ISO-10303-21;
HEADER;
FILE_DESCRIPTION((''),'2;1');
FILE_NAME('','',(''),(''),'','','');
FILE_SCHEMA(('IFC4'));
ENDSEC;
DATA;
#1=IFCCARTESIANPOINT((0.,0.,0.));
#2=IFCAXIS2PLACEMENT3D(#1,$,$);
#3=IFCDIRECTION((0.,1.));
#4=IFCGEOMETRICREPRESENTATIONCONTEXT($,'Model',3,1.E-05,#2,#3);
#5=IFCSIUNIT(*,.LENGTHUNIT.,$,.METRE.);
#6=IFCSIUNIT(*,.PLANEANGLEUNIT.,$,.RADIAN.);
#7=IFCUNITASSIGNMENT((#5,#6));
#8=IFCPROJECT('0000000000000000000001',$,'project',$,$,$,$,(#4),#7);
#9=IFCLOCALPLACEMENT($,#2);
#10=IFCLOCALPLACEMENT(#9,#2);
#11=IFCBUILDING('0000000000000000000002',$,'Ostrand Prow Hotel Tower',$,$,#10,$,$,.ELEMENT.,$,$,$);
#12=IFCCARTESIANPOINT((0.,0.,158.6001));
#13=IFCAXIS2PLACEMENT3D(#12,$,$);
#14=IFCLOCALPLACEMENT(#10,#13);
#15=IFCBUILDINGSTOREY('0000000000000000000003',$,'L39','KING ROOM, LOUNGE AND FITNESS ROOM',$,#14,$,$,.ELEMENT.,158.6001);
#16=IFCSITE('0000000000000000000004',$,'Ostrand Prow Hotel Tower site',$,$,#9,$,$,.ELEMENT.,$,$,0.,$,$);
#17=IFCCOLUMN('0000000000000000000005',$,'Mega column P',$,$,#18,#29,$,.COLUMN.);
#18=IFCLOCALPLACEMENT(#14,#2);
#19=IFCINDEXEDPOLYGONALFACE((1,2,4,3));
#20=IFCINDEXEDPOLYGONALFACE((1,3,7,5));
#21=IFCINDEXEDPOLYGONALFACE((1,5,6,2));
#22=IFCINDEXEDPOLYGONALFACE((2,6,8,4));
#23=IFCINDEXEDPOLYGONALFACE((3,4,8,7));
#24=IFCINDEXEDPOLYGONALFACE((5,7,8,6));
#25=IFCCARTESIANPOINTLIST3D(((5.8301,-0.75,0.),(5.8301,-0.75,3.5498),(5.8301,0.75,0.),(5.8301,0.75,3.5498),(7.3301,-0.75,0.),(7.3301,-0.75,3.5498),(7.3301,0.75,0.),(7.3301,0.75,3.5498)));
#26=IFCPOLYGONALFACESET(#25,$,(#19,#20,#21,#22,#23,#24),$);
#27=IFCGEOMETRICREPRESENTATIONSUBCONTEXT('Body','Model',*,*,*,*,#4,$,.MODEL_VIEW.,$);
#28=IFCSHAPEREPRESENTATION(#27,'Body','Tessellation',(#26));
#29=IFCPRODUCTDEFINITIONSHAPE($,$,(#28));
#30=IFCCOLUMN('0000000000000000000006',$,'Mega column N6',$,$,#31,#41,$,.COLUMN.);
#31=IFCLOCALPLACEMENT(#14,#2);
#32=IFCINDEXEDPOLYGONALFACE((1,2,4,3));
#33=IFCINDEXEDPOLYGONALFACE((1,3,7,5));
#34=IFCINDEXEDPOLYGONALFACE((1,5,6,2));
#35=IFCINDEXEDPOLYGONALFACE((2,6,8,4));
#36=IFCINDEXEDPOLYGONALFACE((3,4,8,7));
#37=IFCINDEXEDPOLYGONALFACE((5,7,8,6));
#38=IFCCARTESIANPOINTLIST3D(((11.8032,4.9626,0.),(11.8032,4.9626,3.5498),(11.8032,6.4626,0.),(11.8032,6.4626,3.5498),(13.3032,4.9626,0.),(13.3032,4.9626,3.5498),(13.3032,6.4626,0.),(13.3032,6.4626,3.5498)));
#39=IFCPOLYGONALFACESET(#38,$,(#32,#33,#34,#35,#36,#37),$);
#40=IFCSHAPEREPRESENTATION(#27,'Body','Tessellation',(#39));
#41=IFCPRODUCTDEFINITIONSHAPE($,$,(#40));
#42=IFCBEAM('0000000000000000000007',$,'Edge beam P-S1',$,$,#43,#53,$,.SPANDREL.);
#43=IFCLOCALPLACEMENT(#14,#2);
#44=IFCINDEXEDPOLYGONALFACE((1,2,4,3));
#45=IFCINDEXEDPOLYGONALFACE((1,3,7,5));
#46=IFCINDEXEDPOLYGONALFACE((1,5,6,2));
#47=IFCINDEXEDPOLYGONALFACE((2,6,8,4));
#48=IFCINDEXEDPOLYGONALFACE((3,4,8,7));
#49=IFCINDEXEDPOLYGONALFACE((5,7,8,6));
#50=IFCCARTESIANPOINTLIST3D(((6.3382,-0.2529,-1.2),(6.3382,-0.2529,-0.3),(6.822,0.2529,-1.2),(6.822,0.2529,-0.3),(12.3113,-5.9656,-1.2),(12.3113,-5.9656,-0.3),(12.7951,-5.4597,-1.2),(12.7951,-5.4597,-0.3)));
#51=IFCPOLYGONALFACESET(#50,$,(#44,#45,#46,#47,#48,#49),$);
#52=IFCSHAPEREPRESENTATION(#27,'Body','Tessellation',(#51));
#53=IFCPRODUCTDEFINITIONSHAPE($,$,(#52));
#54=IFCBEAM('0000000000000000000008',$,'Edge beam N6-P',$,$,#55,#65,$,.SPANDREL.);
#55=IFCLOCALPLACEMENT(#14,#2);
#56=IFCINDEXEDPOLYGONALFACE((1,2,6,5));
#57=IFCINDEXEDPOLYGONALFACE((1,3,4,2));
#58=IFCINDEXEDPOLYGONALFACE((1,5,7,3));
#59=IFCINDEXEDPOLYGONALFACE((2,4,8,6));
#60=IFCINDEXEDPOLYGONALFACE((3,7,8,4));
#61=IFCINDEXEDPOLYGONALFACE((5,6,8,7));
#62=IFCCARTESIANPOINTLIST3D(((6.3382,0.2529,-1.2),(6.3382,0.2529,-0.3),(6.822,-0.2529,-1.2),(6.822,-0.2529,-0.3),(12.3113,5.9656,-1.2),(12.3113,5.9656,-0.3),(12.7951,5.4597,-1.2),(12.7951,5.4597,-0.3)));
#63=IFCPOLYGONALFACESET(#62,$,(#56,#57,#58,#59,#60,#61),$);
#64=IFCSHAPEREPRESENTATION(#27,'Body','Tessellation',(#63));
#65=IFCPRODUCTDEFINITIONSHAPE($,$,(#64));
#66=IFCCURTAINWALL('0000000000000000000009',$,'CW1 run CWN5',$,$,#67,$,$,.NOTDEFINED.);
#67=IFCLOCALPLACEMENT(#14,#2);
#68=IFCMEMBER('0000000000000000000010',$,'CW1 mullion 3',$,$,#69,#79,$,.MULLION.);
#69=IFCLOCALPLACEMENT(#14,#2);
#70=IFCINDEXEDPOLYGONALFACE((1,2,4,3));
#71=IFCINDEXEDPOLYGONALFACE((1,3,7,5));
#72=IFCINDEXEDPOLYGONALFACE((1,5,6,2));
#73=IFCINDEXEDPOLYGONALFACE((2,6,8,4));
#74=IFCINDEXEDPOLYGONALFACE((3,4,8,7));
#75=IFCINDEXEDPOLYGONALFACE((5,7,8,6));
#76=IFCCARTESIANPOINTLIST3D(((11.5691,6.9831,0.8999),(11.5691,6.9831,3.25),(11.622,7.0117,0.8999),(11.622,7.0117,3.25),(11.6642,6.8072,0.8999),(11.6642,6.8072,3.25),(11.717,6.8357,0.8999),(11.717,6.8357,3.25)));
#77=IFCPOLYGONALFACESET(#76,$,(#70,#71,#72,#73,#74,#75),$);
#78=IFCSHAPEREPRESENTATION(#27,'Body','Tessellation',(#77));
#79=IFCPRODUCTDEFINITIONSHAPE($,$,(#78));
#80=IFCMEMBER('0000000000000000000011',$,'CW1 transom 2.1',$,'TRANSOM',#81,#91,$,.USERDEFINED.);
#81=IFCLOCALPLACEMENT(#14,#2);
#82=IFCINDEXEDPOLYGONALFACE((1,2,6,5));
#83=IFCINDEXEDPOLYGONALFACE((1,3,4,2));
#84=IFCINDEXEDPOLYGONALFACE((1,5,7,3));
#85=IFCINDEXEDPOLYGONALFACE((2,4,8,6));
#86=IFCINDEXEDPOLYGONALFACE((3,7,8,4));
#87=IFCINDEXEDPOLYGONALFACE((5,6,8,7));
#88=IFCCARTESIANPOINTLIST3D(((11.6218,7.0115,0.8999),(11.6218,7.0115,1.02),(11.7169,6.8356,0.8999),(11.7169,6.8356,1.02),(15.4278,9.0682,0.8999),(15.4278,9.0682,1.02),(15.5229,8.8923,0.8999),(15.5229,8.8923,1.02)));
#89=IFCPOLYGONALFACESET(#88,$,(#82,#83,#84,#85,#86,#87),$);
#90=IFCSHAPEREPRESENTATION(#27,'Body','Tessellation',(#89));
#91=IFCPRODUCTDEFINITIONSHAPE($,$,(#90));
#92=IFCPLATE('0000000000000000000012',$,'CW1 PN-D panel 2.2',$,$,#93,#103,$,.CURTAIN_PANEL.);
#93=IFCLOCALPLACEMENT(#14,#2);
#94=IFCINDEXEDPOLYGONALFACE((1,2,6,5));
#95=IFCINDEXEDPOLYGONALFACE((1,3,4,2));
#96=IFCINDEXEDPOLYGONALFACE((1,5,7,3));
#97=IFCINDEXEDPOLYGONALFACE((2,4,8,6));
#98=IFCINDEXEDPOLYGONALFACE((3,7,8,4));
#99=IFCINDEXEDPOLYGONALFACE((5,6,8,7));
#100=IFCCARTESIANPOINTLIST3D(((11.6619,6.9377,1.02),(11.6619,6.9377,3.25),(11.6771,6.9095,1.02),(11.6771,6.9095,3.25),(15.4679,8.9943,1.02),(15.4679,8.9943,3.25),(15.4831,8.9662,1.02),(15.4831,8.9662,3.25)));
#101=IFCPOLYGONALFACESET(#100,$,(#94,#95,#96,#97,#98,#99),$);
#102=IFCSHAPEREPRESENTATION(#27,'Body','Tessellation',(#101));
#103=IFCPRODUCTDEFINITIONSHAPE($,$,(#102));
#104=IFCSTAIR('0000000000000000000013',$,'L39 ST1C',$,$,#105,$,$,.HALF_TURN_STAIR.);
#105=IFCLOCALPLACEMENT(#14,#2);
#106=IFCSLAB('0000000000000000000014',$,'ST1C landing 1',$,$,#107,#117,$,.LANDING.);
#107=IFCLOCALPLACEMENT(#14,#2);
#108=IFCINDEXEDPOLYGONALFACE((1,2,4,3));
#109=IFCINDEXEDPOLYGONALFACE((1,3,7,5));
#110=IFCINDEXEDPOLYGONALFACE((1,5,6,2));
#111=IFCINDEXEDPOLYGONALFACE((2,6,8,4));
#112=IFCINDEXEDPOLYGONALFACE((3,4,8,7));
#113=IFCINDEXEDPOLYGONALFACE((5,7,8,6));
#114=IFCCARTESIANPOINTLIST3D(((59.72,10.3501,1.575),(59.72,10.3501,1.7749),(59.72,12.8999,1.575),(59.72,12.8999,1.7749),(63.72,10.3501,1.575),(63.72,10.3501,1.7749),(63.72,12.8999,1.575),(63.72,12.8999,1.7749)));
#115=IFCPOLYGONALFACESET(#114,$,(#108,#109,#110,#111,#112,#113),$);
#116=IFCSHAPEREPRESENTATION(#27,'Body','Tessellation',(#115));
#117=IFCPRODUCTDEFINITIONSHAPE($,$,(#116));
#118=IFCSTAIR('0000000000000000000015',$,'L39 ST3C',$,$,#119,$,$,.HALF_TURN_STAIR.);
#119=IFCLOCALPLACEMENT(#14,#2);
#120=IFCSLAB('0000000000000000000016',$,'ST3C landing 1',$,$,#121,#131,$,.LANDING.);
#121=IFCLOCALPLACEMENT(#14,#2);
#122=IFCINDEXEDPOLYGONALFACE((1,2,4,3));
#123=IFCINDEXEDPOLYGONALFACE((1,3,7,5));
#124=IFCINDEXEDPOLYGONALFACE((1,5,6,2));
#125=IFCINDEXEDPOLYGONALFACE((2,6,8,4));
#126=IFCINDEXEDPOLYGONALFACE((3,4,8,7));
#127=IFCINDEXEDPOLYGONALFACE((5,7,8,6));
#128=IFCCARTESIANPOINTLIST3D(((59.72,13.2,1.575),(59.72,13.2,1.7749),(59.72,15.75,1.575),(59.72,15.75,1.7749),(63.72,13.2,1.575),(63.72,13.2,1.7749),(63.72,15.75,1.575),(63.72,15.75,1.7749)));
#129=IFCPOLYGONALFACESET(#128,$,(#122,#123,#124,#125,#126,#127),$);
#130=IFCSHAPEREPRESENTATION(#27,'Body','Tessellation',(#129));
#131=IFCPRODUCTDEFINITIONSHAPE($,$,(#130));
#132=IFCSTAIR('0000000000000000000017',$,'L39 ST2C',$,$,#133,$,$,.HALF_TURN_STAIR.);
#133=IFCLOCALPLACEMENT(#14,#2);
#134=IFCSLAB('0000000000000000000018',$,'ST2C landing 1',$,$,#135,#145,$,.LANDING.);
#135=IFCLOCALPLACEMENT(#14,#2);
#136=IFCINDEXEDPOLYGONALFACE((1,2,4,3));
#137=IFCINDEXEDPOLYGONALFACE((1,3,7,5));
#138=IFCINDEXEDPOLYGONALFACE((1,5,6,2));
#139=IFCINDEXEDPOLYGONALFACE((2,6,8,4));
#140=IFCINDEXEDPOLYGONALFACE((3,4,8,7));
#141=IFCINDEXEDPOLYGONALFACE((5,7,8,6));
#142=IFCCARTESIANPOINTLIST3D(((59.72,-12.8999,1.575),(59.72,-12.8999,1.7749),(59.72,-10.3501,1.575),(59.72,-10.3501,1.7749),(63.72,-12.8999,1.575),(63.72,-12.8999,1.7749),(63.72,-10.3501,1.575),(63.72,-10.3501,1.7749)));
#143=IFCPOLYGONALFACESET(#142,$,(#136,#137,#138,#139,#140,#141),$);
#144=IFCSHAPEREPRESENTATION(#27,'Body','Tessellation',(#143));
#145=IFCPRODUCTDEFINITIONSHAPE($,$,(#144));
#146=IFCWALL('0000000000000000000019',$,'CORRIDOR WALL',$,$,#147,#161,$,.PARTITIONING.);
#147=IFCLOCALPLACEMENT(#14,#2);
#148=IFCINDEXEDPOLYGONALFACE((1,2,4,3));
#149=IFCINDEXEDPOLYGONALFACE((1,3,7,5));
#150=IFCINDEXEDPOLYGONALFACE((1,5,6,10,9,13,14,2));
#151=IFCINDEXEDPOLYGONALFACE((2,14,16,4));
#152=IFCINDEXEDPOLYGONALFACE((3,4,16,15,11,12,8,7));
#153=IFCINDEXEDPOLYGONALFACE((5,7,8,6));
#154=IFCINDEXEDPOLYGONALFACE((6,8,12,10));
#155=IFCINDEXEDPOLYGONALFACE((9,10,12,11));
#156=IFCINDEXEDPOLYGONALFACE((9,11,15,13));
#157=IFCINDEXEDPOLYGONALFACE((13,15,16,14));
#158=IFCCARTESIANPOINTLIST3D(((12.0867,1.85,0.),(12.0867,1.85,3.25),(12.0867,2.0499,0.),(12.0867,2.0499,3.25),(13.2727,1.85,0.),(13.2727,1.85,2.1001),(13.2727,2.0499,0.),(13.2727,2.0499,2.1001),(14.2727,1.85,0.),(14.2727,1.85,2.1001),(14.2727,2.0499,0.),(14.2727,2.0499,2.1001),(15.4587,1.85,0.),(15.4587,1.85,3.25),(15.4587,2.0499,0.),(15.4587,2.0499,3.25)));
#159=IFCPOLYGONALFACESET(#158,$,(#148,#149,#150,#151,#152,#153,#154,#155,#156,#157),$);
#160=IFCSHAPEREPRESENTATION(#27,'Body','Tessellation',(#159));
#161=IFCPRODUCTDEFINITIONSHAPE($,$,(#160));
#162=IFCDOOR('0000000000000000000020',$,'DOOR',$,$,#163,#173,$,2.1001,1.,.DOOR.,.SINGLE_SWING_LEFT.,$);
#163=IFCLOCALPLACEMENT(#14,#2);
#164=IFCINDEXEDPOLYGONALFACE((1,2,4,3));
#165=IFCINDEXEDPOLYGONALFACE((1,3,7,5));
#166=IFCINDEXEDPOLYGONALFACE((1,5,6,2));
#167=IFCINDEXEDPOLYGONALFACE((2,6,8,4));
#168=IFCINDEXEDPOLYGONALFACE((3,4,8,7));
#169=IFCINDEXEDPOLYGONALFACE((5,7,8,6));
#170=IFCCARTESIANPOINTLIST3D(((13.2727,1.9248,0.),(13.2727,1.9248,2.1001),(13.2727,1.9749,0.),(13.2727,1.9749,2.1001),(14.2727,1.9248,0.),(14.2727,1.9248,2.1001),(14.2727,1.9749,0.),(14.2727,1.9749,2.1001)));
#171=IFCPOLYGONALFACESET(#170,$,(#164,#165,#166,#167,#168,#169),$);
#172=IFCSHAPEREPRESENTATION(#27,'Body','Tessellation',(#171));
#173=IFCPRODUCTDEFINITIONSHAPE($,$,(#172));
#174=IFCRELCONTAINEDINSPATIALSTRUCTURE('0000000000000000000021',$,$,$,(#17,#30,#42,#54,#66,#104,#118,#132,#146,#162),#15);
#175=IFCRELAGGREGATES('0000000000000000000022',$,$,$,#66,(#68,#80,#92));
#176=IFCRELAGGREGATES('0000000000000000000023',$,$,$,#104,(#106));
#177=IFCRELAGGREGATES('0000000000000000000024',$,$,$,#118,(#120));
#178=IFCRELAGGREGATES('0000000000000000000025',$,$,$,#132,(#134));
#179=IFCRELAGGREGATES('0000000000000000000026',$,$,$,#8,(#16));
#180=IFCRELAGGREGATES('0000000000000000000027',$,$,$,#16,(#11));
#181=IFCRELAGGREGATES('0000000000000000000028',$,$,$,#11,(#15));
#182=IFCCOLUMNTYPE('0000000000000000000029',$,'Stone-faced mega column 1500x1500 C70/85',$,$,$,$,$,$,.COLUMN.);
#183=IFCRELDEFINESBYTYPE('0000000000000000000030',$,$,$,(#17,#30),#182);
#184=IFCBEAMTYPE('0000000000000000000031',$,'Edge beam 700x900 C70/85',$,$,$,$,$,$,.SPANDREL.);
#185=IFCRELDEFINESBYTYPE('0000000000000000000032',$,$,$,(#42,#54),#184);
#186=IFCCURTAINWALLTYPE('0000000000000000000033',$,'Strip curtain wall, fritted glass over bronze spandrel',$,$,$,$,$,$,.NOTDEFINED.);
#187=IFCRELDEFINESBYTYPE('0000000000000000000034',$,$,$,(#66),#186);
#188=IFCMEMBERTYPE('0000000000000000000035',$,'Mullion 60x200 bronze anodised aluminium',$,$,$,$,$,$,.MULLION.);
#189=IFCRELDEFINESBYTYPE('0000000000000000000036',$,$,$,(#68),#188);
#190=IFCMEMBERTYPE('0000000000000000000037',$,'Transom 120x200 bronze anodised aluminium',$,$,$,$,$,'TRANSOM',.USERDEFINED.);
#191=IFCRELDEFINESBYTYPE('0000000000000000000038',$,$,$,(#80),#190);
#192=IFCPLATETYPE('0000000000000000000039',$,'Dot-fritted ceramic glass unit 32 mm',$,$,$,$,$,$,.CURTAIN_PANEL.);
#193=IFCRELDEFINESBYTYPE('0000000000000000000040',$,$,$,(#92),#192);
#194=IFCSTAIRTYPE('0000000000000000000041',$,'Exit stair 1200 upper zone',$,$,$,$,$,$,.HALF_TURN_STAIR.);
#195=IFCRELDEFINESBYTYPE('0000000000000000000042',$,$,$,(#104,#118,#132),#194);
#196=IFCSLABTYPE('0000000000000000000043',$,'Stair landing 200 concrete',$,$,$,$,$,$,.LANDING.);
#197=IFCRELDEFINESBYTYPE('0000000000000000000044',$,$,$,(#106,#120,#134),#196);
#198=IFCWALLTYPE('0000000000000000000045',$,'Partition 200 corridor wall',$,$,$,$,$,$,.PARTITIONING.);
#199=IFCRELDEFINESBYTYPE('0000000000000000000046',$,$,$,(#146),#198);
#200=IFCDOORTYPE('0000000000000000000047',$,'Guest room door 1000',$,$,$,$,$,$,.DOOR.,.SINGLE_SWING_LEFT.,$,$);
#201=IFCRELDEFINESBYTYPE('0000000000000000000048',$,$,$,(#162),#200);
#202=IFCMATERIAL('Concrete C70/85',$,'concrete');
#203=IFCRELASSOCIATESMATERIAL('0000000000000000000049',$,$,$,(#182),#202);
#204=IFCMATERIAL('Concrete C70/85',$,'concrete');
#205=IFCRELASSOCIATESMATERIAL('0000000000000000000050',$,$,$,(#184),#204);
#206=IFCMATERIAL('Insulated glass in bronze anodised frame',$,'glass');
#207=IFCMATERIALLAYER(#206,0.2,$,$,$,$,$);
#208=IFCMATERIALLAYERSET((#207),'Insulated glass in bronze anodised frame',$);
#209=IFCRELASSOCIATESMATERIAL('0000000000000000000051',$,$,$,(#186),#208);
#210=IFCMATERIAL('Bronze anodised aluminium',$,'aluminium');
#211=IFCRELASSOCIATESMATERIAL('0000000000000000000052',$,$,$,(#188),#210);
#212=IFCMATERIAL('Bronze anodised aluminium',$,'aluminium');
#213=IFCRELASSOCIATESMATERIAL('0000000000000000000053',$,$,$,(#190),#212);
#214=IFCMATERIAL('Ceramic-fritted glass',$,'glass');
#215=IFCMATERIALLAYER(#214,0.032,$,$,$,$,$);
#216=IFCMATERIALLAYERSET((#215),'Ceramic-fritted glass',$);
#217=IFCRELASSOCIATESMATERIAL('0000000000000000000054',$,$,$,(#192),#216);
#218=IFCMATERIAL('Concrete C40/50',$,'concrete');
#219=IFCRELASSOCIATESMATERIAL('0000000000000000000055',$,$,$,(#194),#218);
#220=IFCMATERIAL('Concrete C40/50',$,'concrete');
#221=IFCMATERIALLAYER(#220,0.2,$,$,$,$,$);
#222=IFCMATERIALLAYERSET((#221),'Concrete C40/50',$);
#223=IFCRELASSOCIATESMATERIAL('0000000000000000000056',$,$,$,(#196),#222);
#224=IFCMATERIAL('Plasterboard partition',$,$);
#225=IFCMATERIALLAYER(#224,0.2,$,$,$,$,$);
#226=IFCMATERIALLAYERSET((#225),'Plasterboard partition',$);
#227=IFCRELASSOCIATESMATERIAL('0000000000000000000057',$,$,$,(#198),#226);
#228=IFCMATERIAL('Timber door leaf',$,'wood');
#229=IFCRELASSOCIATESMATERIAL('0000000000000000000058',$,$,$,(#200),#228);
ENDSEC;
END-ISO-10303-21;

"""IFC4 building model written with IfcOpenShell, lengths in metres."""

from ifc_helpers import new_model, si_unit, direction, frame, frame_2d, origin, origin_2d, place, context, subcontext, project, spatial, polyline, rectangle, outline, extrude, material, layer, layer_set, material_profile, profile_set, type_object, element, fill, aggregate, save


model = new_model("IFC4")

# Units and contexts
model_context = context("Model", 3, precision=1e-05, world=origin(), true_north=direction((0.0, 1.0)))
body_context = subcontext(model_context, "Body", "Model", "MODEL_VIEW")
ifc_project = project(units=[si_unit("LENGTHUNIT", "METRE"), si_unit("PLANEANGLEUNIT", "RADIAN")], contexts=[model_context])

# Site, building, storey
site_placement = place(None, origin())
site = spatial("IfcSite", under=ifc_project, at=site_placement, Name="Ostrand Prow Hotel Tower site", CompositionType="ELEMENT", RefElevation=0.0)
building_placement = place(site_placement, origin())
building = spatial("IfcBuilding", under=site, at=building_placement, Name="Ostrand Prow Hotel Tower", CompositionType="ELEMENT")
storey_placement = place(building_placement, frame((0.0, 0.0, 158.6001)))
storey = spatial("IfcBuildingStorey", under=building, at=storey_placement, Name="L39", Description="KING ROOM, LOUNGE AND FITNESS ROOM", CompositionType="ELEMENT", Elevation=158.6001)

# Columns
ifc_material_1 = material(Name="Concrete C70/85", Category="concrete")
ifc_material_profile_1 = material_profile(ifc_material_1, rectangle(XDim=1.5, YDim=1.5, at=origin_2d()), Name="RC 1500x1500")
ifc_profile_set_1 = profile_set([ifc_material_profile_1], Name="Concrete C70/85")
column_type = type_object("IfcColumnType", Name="Stone-faced mega column 1500x1500 C70/85", PredefinedType="COLUMN", material=ifc_profile_set_1)
for number, where, z_axis, x_axis, name in (
    (1, (6.5801, 0.0, 0.0), (0.0, 0.0, 1.0), (1.0, 0.0, 0.0), "Mega column P"),
    (2, (12.5532, 5.7126, 0.0), (0.0, 0.0, 1.0), (1.0, 0.0, 0.0), "Mega column N6"),
):
    element("IfcColumn", number, at=place(storey_placement, frame(where, z_axis=z_axis, x_axis=x_axis)), inside=storey, type_object=column_type, Name=name, PredefinedType="COLUMN", context=body_context, shape_type="SweptSolid", body=[
        extrude(rectangle(XDim=1.5, YDim=1.5, at=origin_2d()), origin(), (0.0, 0.0, 1.0), 3.5498),
    ])

# Beams
ifc_material_2 = material(Name="Concrete C70/85", Category="concrete")
ifc_material_profile_2 = material_profile(ifc_material_2, rectangle(XDim=0.7, YDim=0.8999, at=origin_2d()), Name="RC 700x900")
ifc_profile_set_2 = profile_set([ifc_material_profile_2], Name="Concrete C70/85")
beam_type = type_object("IfcBeamType", Name="Edge beam 700x900 C70/85", PredefinedType="SPANDREL", material=ifc_profile_set_2)
for number, where, z_axis, x_axis, name in (
    (3, (6.5801, 0.0, -0.75), (0.72269, -0.691172, 0.0), (0.691172, 0.72269, 0.0), "Edge beam P-S1"),
    (4, (12.5532, 5.7126, -0.75), (-0.72269, -0.691172, 0.0), (0.691172, -0.72269, 0.0), "Edge beam N6-P"),
):
    element("IfcBeam", number, at=place(storey_placement, frame(where, z_axis=z_axis, x_axis=x_axis)), inside=storey, type_object=beam_type, Name=name, PredefinedType="SPANDREL", context=body_context, shape_type="SweptSolid", body=[
        extrude(rectangle(XDim=0.7, YDim=0.8999, at=origin_2d()), origin(), (0.0, 0.0, 1.0), 8.2651),
    ])

# Curtain wall, members, plate
ifc_material_3 = material(Name="Insulated glass in bronze anodised frame", Category="glass")
ifc_layer_1 = layer(ifc_material_3, 0.2)
ifc_layer_set_1 = layer_set([ifc_layer_1], Name="Insulated glass in bronze anodised frame")
curtain_wall_type = type_object("IfcCurtainWallType", Name="Strip curtain wall, fritted glass over bronze spandrel", PredefinedType="NOTDEFINED", material=ifc_layer_set_1)
curtain_wall_placement = place(storey_placement, origin())
curtain_wall = element("IfcCurtainWall", 5, at=curtain_wall_placement, inside=storey, type_object=curtain_wall_type, Name="CW1 run CWN5", PredefinedType="NOTDEFINED")
ifc_material_4 = material(Name="Bronze anodised aluminium", Category="aluminium")
ifc_material_profile_3 = material_profile(ifc_material_4, rectangle(XDim=0.2, YDim=0.0601, at=origin_2d()), Name="Mullion 60x200 bronze anodised aluminium")
ifc_profile_set_3 = profile_set([ifc_material_profile_3], Name="Bronze anodised aluminium")
member_type_1 = type_object("IfcMemberType", Name="Mullion 60x200 bronze anodised aluminium", PredefinedType="MULLION", material=ifc_profile_set_3)
member_1_placement = place(storey_placement, frame((11.6431, 6.9094, 0.8999), z_axis=(0.0, 0.0, 1.0), x_axis=(0.475394, -0.879773, 0.0)))
member_1 = element("IfcMember", 6, at=member_1_placement, type_object=member_type_1, Name="CW1 mullion 3", PredefinedType="MULLION", context=body_context, shape_type="SweptSolid", body=[
    extrude(rectangle(XDim=0.2, YDim=0.0601, at=origin_2d()), origin(), (0.0, 0.0, 1.0), 2.3501),
])
ifc_material_5 = material(Name="Bronze anodised aluminium", Category="aluminium")
ifc_material_profile_4 = material_profile(ifc_material_5, rectangle(XDim=0.2, YDim=0.1201, at=origin_2d()), Name="Transom 120x200 bronze anodised aluminium")
ifc_profile_set_4 = profile_set([ifc_material_profile_4], Name="Bronze anodised aluminium")
member_type_2 = type_object("IfcMemberType", Name="Transom 120x200 bronze anodised aluminium", ElementType="TRANSOM", PredefinedType="USERDEFINED", material=ifc_profile_set_4)
member_2_placement = place(storey_placement, frame((15.4753, 8.9802, 0.96), z_axis=(-0.879765, -0.475408, 0.0), x_axis=(0.475408, -0.879765, 0.0)))
member_2 = element("IfcMember", 7, at=member_2_placement, type_object=member_type_2, Name="CW1 transom 2.1", ObjectType="TRANSOM", PredefinedType="USERDEFINED", context=body_context, shape_type="SweptSolid", body=[
    extrude(rectangle(XDim=0.2, YDim=0.1201, at=origin_2d()), origin(), (0.0, 0.0, 1.0), 4.3262),
])
ifc_material_6 = material(Name="Ceramic-fritted glass", Category="glass")
ifc_layer_2 = layer(ifc_material_6, 0.032)
ifc_layer_set_2 = layer_set([ifc_layer_2], Name="Ceramic-fritted glass")
plate_type = type_object("IfcPlateType", Name="Dot-fritted ceramic glass unit 32 mm", PredefinedType="CURTAIN_PANEL", material=ifc_layer_set_2)
plate_placement = place(storey_placement, frame((13.5725, 7.9519, 1.02), z_axis=(0.0, 0.0, 1.0), x_axis=(-0.879773, -0.475394, 0.0)))
plate = element("IfcPlate", 8, at=plate_placement, type_object=plate_type, Name="CW1 PN-D panel 2.2", PredefinedType="CURTAIN_PANEL", context=body_context, shape_type="SweptSolid", body=[
    extrude(rectangle(XDim=4.3262, YDim=0.032, at=origin_2d()), origin(), (0.0, 0.0, 1.0), 2.23),
])
aggregate(curtain_wall, [member_1, member_2, plate])

# Stairs, slabs
ifc_material_7 = material(Name="Concrete C40/50", Category="concrete")
stair_type = type_object("IfcStairType", Name="Exit stair 1200 upper zone", PredefinedType="HALF_TURN_STAIR", material=ifc_material_7)
stair_1_placement = place(storey_placement, origin())
stair_1 = element("IfcStair", 9, at=stair_1_placement, inside=storey, type_object=stair_type, Name="L39 ST1C", PredefinedType="HALF_TURN_STAIR")
ifc_material_8 = material(Name="Concrete C40/50", Category="concrete")
ifc_layer_3 = layer(ifc_material_8, 0.2)
ifc_layer_set_3 = layer_set([ifc_layer_3], Name="Concrete C40/50")
slab_type = type_object("IfcSlabType", Name="Stair landing 200 concrete", PredefinedType="LANDING", material=ifc_layer_set_3)
slab_1_placement = place(storey_placement, frame((0.0, 0.0, 1.575)))
slab_1 = element("IfcSlab", 10, at=slab_1_placement, type_object=slab_type, Name="ST1C landing 1", PredefinedType="LANDING", context=body_context, shape_type="SweptSolid", body=[
    extrude(outline(polyline([(59.72, 10.3501), (63.72, 10.3501), (63.72, 12.8999), (59.72, 12.8999), (59.72, 10.3501)])), origin(), (0.0, 0.0, 1.0), 0.2),
])
aggregate(stair_1, [slab_1])
stair_2_placement = place(storey_placement, origin())
stair_2 = element("IfcStair", 11, at=stair_2_placement, inside=storey, type_object=stair_type, Name="L39 ST3C", PredefinedType="HALF_TURN_STAIR")
slab_2_placement = place(storey_placement, frame((0.0, 0.0, 1.575)))
slab_2 = element("IfcSlab", 12, at=slab_2_placement, type_object=slab_type, Name="ST3C landing 1", PredefinedType="LANDING", context=body_context, shape_type="SweptSolid", body=[
    extrude(outline(polyline([(59.72, 13.2), (63.72, 13.2), (63.72, 15.75), (59.72, 15.75), (59.72, 13.2)])), origin(), (0.0, 0.0, 1.0), 0.2),
])
aggregate(stair_2, [slab_2])
stair_3_placement = place(storey_placement, origin())
stair_3 = element("IfcStair", 13, at=stair_3_placement, inside=storey, type_object=stair_type, Name="L39 ST2C", PredefinedType="HALF_TURN_STAIR")
slab_3_placement = place(storey_placement, frame((0.0, 0.0, 1.575)))
slab_3 = element("IfcSlab", 14, at=slab_3_placement, type_object=slab_type, Name="ST2C landing 1", PredefinedType="LANDING", context=body_context, shape_type="SweptSolid", body=[
    extrude(outline(polyline([(59.72, -12.8999), (63.72, -12.8999), (63.72, -10.3501), (59.72, -10.3501), (59.72, -12.8999)])), origin(), (0.0, 0.0, 1.0), 0.2),
])
aggregate(stair_3, [slab_3])

# Wall, opening, door
ifc_material_9 = material(Name="Plasterboard partition")
ifc_layer_4 = layer(ifc_material_9, 0.2)
ifc_layer_set_4 = layer_set([ifc_layer_4], Name="Plasterboard partition")
wall_type_1 = type_object("IfcWallType", Name="Partition 200 corridor wall", PredefinedType="PARTITIONING", material=ifc_layer_set_4)
wall_1_placement = place(storey_placement, frame((12.0867, 1.95, 0.0), z_axis=(0.0, 0.0, 1.0), x_axis=(1.0, 0.0, 0.0)))
wall_1 = element("IfcWall", 15, at=wall_1_placement, inside=storey, type_object=wall_type_1, Name="CORRIDOR WALL", PredefinedType="PARTITIONING", context=body_context, shape_type="SweptSolid", body=[
    extrude(rectangle(XDim=3.3721, YDim=0.2, at=frame_2d((1.686, 0.0))), origin(), (0.0, 0.0, 1.0), 3.25),
])
opening_1_placement = place(wall_1_placement, frame((1.186, 0.0, 0.0)))
opening_1 = element("IfcOpeningElement", 16, at=opening_1_placement, cuts=wall_1, PredefinedType="OPENING", context=body_context, shape_type="SweptSolid", body=[
    extrude(rectangle(XDim=1.0, YDim=2.1001, at=frame_2d((0.5, 1.05))), frame((0.0, 0.1099, 0.0), z_axis=(0.0, -1.0, 0.0), x_axis=(1.0, 0.0, 0.0)), (0.0, 0.0, 1.0), 0.22),
])
ifc_material_10 = material(Name="Timber door leaf", Category="wood")
door_type = type_object("IfcDoorType", Name="Guest room door 1000", OperationType="SINGLE_SWING_LEFT", PredefinedType="DOOR", material=ifc_material_10)
door_placement = place(opening_1_placement, origin())
door = element("IfcDoor", 17, at=door_placement, inside=storey, type_object=door_type, Name="DOOR", OperationType="SINGLE_SWING_LEFT", OverallHeight=2.1001, OverallWidth=1.0, PredefinedType="DOOR", context=body_context, shape_type="SweptSolid", body=[
    extrude(rectangle(XDim=1.0, YDim=2.1001, at=frame_2d((0.5, 1.05))), frame((0.0, 0.0249, 0.0), z_axis=(0.0, -1.0, 0.0), x_axis=(1.0, 0.0, 0.0)), (0.0, 0.0, 1.0), 0.05),
])
fill(opening_1, door)

save(model, "model.ifc")
